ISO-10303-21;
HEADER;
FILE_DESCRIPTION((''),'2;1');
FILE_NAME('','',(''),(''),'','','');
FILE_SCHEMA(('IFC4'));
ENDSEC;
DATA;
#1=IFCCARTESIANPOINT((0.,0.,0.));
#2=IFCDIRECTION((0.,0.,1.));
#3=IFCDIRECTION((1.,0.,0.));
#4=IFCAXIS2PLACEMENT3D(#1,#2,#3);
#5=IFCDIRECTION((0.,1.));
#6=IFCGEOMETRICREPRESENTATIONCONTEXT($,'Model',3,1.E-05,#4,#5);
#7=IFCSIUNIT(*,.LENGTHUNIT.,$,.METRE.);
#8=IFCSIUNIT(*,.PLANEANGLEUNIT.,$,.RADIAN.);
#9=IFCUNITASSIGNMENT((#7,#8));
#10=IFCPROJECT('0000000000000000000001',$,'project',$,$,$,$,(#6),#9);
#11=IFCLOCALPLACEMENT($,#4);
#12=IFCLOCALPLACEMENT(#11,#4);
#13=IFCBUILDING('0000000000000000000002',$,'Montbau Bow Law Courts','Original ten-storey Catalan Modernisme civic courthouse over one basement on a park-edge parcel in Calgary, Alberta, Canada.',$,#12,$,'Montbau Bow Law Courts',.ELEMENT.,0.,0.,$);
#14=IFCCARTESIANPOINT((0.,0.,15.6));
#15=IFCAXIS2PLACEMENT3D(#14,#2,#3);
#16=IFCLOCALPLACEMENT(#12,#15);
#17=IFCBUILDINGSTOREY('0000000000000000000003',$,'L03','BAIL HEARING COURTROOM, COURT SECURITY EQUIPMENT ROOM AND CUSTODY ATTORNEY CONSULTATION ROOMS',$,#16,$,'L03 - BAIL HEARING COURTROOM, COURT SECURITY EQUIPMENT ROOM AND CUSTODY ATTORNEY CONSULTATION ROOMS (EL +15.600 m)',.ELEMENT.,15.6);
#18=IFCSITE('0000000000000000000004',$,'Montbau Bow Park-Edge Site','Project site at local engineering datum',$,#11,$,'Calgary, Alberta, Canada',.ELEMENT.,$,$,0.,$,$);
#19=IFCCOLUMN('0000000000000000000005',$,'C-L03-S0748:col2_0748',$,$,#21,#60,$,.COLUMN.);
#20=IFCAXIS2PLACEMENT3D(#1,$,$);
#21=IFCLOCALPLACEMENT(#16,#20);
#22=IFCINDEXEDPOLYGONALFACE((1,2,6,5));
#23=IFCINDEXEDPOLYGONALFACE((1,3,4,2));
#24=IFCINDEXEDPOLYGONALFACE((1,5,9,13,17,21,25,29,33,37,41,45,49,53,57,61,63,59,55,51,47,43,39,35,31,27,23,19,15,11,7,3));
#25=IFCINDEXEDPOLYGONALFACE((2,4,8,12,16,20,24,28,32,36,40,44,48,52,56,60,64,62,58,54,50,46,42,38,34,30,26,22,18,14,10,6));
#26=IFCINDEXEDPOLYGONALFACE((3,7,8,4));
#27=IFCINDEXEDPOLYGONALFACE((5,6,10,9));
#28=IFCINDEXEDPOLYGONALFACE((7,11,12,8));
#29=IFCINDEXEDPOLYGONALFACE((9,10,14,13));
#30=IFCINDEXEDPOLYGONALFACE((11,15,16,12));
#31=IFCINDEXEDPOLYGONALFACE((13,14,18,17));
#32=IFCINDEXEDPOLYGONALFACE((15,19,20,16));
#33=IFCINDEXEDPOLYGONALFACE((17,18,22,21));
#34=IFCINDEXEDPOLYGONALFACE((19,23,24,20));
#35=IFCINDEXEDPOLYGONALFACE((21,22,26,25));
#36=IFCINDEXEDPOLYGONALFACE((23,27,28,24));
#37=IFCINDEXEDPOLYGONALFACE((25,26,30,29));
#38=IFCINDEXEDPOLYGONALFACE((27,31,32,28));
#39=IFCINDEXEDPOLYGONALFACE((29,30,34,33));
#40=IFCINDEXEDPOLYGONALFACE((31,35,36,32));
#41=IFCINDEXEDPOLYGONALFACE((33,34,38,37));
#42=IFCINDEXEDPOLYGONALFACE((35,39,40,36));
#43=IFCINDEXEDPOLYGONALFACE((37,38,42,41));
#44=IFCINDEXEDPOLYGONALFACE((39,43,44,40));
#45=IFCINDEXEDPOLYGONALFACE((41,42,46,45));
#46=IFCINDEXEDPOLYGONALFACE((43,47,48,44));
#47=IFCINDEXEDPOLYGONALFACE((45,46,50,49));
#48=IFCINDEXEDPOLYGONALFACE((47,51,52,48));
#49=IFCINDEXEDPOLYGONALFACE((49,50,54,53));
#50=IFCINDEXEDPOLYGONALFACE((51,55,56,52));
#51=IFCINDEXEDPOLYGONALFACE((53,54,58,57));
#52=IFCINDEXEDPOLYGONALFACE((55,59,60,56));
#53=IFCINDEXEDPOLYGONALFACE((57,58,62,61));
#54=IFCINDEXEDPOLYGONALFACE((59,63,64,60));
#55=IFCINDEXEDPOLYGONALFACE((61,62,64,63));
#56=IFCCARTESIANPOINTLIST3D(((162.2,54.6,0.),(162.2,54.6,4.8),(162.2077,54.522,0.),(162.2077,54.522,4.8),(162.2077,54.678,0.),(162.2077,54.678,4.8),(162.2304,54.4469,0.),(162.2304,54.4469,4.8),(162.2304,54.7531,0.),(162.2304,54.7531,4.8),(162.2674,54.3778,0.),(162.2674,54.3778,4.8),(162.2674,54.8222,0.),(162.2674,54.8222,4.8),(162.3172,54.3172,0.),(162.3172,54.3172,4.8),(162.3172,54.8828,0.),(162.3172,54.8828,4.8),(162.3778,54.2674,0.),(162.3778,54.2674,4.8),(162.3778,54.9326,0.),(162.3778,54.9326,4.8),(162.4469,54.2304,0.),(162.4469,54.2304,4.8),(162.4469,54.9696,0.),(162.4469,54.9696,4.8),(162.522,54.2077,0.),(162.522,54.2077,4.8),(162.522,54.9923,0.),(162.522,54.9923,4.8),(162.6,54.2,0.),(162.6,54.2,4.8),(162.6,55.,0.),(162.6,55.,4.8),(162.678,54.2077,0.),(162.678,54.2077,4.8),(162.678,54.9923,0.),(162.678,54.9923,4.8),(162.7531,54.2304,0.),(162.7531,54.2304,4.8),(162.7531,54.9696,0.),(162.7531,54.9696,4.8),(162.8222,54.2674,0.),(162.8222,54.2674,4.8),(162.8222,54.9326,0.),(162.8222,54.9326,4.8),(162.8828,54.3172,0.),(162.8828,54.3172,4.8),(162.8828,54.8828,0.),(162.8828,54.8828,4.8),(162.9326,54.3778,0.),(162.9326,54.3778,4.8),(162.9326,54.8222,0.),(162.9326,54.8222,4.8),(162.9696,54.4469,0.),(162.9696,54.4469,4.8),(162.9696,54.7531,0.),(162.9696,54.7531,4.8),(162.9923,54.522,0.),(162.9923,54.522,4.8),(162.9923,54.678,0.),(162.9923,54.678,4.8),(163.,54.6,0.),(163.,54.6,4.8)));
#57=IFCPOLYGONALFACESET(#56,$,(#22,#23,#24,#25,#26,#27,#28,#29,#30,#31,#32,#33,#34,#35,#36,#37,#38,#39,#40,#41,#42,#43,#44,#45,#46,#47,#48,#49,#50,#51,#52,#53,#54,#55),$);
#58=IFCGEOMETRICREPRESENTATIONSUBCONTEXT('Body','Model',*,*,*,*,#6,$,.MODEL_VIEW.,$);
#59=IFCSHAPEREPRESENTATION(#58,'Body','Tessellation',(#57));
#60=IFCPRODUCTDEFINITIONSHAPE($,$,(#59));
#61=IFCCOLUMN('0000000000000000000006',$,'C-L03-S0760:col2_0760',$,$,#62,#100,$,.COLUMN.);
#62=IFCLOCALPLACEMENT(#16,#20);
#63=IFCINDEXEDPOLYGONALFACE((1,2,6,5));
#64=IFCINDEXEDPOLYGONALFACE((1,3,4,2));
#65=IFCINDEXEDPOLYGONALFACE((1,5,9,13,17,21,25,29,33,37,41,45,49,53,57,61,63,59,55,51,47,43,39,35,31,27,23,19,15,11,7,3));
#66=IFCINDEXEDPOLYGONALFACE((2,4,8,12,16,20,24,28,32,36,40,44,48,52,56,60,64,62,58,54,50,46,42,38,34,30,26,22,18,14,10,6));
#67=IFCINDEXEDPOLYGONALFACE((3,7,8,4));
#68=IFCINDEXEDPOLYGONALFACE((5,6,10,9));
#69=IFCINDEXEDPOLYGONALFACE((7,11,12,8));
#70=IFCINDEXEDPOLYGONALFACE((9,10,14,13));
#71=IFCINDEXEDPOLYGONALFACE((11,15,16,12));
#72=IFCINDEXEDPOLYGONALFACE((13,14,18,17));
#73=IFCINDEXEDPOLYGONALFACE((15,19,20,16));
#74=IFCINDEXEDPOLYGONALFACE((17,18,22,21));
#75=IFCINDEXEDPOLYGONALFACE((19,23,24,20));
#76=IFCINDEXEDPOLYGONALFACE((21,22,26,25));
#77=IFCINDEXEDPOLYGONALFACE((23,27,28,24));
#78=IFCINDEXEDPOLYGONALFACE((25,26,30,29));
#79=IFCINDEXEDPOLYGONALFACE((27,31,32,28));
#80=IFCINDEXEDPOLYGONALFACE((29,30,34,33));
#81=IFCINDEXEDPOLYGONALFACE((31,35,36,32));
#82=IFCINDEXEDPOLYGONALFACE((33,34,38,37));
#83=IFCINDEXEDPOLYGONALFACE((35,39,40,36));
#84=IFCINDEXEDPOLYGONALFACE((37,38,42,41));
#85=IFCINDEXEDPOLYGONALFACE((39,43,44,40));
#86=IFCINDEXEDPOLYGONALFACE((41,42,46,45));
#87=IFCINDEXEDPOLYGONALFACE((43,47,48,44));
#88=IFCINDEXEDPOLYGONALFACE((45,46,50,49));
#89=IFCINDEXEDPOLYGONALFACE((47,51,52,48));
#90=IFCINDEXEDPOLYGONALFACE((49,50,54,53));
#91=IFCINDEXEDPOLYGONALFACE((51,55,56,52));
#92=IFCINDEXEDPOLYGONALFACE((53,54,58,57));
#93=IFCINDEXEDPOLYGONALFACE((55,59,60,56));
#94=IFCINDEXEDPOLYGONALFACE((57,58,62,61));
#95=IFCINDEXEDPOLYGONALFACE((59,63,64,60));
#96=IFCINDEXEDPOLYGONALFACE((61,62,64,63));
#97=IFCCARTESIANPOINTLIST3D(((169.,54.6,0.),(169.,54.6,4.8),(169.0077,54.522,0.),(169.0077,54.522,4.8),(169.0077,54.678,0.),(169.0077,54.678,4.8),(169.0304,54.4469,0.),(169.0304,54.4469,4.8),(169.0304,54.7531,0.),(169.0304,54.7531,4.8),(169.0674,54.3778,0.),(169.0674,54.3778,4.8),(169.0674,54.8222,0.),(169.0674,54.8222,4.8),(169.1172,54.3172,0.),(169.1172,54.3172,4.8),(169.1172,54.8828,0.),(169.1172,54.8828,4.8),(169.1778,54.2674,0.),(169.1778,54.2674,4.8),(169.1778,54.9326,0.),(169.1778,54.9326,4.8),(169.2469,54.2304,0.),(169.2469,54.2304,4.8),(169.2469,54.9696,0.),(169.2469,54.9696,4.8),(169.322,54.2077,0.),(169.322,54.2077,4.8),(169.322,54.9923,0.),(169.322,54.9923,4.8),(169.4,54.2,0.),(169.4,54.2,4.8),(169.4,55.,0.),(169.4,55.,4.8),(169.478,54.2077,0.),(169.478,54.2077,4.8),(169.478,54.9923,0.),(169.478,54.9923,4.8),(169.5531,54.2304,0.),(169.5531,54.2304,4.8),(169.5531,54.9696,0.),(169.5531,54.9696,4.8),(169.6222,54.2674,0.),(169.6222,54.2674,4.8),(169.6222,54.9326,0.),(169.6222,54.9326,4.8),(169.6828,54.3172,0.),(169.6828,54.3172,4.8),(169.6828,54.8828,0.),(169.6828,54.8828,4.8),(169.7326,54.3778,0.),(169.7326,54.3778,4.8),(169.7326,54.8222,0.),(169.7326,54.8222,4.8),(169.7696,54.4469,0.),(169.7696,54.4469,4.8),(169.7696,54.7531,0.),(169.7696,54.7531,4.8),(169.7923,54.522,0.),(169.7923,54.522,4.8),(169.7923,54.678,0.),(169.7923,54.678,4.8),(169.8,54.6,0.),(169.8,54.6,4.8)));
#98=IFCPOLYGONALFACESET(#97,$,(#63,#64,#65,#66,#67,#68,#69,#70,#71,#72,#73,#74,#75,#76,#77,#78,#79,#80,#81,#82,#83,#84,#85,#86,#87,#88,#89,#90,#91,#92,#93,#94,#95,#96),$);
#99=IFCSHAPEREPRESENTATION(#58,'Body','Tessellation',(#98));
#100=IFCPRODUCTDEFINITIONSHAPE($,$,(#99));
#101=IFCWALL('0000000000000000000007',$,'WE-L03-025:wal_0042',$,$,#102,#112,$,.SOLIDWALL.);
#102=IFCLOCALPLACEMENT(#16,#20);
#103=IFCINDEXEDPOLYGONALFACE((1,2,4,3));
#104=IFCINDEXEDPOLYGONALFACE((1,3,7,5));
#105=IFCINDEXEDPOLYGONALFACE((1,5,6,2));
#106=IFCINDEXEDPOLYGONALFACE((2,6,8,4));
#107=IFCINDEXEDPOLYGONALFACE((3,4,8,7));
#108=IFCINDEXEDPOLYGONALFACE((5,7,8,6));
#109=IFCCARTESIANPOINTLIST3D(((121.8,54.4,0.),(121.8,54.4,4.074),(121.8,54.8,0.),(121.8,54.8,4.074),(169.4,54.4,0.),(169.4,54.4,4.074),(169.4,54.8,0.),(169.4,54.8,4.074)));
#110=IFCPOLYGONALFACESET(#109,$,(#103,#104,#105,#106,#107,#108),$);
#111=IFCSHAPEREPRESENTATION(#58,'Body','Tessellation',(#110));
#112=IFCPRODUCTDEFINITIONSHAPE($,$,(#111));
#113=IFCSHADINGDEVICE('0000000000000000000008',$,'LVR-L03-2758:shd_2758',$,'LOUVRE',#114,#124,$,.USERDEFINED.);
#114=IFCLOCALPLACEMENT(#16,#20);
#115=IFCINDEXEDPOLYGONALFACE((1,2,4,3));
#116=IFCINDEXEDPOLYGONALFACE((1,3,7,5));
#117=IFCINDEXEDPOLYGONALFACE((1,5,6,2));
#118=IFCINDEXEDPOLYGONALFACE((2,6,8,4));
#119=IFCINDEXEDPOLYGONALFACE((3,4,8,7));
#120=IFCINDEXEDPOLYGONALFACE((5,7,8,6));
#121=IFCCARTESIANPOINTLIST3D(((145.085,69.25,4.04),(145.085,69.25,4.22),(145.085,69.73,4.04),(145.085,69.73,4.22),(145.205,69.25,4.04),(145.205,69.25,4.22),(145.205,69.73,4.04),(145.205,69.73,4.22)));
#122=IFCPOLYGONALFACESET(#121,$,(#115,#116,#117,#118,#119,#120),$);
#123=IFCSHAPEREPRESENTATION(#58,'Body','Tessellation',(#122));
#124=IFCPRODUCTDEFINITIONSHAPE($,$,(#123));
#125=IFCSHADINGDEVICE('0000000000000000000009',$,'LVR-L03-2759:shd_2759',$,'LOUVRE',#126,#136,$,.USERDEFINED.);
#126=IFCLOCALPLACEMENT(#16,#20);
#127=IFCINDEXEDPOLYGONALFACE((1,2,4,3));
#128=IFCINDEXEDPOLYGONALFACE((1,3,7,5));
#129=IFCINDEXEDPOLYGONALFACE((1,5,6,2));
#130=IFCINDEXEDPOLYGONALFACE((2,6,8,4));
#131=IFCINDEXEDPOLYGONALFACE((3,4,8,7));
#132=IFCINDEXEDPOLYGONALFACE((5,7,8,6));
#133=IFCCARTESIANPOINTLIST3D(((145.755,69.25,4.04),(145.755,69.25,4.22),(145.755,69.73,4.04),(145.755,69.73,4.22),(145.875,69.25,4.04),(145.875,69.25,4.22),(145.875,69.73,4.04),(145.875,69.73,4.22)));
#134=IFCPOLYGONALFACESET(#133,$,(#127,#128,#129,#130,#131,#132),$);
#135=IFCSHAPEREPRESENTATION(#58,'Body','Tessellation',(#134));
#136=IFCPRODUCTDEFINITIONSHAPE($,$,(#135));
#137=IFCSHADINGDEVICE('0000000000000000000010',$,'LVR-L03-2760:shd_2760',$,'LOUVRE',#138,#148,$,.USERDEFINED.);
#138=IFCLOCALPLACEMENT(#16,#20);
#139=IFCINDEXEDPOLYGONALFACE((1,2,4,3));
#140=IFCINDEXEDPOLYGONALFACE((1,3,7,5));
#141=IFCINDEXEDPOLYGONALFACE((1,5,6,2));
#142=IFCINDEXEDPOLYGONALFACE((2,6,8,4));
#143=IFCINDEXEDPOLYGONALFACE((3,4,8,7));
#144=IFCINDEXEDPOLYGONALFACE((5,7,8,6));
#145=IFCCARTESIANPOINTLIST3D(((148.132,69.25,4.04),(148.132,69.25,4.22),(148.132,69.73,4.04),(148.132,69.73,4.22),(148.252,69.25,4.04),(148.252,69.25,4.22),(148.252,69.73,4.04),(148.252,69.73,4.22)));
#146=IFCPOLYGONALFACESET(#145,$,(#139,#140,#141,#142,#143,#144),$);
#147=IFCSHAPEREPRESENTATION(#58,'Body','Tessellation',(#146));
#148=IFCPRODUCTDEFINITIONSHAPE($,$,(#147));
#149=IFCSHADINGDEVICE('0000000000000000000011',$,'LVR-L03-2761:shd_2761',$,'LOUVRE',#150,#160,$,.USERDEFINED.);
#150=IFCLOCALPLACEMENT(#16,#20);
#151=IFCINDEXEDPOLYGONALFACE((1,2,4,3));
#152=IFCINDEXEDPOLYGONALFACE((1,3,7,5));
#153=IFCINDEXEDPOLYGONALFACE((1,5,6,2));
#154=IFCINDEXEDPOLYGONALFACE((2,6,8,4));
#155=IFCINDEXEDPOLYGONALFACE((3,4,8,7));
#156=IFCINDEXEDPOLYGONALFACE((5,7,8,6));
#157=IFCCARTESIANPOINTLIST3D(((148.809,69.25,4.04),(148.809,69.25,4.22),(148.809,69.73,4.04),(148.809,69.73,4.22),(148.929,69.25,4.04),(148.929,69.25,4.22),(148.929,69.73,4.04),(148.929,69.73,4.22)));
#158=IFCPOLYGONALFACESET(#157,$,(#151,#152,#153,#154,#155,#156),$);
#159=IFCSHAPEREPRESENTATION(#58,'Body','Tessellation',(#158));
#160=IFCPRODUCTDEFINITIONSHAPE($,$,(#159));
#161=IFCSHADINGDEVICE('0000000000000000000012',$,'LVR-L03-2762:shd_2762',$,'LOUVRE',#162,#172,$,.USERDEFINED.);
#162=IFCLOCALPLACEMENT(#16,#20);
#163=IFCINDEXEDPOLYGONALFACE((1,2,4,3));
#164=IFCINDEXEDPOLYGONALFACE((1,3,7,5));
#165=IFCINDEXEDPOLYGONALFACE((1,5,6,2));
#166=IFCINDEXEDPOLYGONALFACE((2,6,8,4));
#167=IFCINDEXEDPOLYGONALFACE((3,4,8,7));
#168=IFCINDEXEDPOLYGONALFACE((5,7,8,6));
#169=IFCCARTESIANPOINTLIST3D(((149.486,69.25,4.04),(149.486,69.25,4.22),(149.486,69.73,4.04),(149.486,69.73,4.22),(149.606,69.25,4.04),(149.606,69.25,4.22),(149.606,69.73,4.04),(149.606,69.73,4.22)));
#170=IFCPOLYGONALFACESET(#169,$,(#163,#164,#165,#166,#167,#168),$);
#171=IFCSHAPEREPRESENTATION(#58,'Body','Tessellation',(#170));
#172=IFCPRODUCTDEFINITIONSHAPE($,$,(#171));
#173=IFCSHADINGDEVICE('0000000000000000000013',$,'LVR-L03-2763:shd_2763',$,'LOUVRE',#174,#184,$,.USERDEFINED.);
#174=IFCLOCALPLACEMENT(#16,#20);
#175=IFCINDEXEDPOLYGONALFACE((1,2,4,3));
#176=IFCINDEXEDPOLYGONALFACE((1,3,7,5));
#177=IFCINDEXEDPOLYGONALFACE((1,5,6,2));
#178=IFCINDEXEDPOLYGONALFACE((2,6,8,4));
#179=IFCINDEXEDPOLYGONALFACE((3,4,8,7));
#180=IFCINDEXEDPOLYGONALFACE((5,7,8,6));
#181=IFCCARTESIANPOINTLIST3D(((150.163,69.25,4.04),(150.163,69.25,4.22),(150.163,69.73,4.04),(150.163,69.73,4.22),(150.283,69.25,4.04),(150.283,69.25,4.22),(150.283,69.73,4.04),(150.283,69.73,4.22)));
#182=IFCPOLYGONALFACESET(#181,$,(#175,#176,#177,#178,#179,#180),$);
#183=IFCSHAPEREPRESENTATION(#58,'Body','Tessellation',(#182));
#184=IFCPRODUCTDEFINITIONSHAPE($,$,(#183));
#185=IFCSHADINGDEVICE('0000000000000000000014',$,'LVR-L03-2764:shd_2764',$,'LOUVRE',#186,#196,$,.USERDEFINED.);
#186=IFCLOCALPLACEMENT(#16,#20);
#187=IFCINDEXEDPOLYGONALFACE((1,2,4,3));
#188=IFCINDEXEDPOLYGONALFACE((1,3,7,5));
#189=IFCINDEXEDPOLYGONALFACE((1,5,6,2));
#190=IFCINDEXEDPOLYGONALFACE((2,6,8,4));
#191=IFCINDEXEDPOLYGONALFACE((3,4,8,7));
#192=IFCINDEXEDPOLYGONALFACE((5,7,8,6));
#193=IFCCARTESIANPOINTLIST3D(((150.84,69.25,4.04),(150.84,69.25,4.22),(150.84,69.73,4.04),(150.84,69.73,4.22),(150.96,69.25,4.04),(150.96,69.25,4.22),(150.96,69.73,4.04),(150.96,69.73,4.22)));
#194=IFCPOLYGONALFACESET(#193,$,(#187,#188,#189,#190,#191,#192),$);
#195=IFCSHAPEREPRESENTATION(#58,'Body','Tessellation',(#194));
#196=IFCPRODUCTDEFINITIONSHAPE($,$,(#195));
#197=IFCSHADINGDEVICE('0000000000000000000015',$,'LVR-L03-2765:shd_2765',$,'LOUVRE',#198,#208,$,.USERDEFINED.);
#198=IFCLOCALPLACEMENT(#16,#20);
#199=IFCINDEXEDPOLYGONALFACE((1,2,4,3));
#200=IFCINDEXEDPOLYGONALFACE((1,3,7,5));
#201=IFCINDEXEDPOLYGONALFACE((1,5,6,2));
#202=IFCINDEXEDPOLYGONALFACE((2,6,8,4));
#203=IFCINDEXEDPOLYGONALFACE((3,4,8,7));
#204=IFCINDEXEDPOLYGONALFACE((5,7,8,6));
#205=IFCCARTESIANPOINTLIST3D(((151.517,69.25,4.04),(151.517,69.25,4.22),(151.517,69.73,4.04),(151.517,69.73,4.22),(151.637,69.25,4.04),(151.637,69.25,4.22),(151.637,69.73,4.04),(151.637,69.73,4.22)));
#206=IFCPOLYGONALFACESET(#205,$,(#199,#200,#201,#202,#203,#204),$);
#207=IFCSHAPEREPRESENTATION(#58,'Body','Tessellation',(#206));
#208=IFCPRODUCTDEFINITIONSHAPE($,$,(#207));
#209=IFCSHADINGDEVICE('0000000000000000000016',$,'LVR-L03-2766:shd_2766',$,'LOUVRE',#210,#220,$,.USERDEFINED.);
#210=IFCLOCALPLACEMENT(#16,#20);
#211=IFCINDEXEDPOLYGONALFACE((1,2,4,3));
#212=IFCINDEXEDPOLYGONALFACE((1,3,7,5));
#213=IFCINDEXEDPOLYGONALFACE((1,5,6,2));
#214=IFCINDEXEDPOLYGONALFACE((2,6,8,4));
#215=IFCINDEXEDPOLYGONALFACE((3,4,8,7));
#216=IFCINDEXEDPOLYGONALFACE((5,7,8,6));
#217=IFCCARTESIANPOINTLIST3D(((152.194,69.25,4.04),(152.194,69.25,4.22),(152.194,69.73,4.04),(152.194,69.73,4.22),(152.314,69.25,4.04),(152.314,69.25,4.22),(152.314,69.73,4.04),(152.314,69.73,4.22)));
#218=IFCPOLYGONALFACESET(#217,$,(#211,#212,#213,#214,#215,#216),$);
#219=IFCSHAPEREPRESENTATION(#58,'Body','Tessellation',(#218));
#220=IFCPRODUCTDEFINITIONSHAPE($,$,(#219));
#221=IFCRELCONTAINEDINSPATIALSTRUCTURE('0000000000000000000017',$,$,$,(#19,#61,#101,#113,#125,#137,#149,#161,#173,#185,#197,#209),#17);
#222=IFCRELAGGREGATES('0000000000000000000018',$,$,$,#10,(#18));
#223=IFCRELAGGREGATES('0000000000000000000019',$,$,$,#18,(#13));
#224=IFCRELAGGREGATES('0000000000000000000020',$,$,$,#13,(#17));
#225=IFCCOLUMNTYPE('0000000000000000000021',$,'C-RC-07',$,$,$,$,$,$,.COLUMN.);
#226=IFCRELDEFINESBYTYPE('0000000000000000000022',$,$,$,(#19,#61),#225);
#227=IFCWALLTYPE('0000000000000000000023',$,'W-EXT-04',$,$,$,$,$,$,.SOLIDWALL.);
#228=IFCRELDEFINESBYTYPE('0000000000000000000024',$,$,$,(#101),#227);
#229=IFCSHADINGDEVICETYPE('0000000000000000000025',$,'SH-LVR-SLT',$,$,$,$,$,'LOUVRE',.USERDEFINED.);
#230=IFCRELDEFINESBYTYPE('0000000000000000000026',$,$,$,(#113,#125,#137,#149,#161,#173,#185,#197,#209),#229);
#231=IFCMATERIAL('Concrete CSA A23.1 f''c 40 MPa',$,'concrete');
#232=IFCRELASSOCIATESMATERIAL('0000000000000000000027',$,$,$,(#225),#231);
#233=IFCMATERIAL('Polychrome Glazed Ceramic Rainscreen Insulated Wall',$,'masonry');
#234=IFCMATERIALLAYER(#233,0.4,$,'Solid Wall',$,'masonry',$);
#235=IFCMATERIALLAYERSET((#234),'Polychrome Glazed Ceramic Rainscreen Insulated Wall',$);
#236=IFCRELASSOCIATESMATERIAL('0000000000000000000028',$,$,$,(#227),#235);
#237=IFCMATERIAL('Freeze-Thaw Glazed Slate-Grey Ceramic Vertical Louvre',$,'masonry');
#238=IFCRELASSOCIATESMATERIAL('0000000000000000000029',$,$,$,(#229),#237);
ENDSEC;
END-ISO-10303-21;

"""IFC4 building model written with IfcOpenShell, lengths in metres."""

from ifc_helpers import new_model, si_unit, direction, frame, frame_2d, origin_with_axes, origin_2d_with_axis, place, context, subcontext, project, spatial, rectangle, circle, extrude, material, layer, layer_set, material_profile, profile_set, type_object, element, save


model = new_model("IFC4")

# Units and contexts
model_context = context("Model", 3, precision=1e-05, world=origin_with_axes(), true_north=direction((0.0, 1.0)))
body_context = subcontext(model_context, "Body", "Model", "MODEL_VIEW")
ifc_project = project(units=[si_unit("LENGTHUNIT", "METRE"), si_unit("PLANEANGLEUNIT", "RADIAN")], contexts=[model_context])

# Site, building, storey
site_placement = place(None, origin_with_axes())
site = spatial("IfcSite", under=ifc_project, at=site_placement, Name="Montbau Bow Park-Edge Site", Description="Project site at local engineering datum", LongName="Calgary, Alberta, Canada", CompositionType="ELEMENT", RefElevation=0.0)
building_placement = place(site_placement, origin_with_axes())
building = spatial("IfcBuilding", under=site, at=building_placement, Name="Montbau Bow Law Courts", Description="Original ten-storey Catalan Modernisme civic courthouse over one basement on a park-edge parcel in Calgary, Alberta, Canada.", LongName="Montbau Bow Law Courts", CompositionType="ELEMENT", ElevationOfRefHeight=0.0, ElevationOfTerrain=0.0)
storey_placement = place(building_placement, frame((0.0, 0.0, 15.6), z_axis=(0.0, 0.0, 1.0), x_axis=(1.0, 0.0, 0.0)))
storey = spatial("IfcBuildingStorey", under=building, at=storey_placement, Name="L03", Description="BAIL HEARING COURTROOM, COURT SECURITY EQUIPMENT ROOM AND CUSTODY ATTORNEY CONSULTATION ROOMS", LongName="L03 - BAIL HEARING COURTROOM, COURT SECURITY EQUIPMENT ROOM AND CUSTODY ATTORNEY CONSULTATION ROOMS (EL +15.600 m)", CompositionType="ELEMENT", Elevation=15.6)

# Columns
ifc_material_1 = material(Name="Concrete CSA A23.1 f'c 40 MPa", Category="concrete")
ifc_material_profile = material_profile(ifc_material_1, circle(Radius=0.4, at=origin_2d_with_axis()), Name="RC800D", Category="Main", Priority=0)
ifc_profile_set = profile_set([ifc_material_profile], Name="Concrete CSA A23.1 f'c 40 MPa")
column_type = type_object("IfcColumnType", Name="C-RC-07", PredefinedType="COLUMN", material=ifc_profile_set)
for number, where, z_axis, x_axis, name in (
    (1, (162.6, 54.6, 15.6), (0.0, 0.0, 1.0), (1.0, 0.0, 0.0), "C-L03-S0748:col2_0748"),
    (2, (169.4, 54.6, 15.6), (0.0, 0.0, 1.0), (1.0, 0.0, 0.0), "C-L03-S0760:col2_0760"),
):
    element("IfcColumn", number, at=place(None, frame(where, z_axis=z_axis, x_axis=x_axis)), inside=storey, type_object=column_type, Name=name, PredefinedType="COLUMN", context=body_context, shape_type="SweptSolid", body=[
        extrude(circle(Radius=0.4, at=origin_2d_with_axis()), origin_with_axes(), (0.0, 0.0, 1.0), 4.8),
    ])

# Wall
ifc_material_2 = material(Name="Polychrome Glazed Ceramic Rainscreen Insulated Wall", Category="masonry")
ifc_layer = layer(ifc_material_2, 0.4, Name="Solid Wall", Category="masonry")
ifc_layer_set = layer_set([ifc_layer], Name="Polychrome Glazed Ceramic Rainscreen Insulated Wall")
wall_type = type_object("IfcWallType", Name="W-EXT-04", PredefinedType="SOLIDWALL", material=ifc_layer_set)
wall_placement = place(None, frame((169.4, 54.6, 15.6), z_axis=(0.0, 0.0, 1.0), x_axis=(-1.0, 0.0, 0.0)))
element("IfcWall", 3, at=wall_placement, inside=storey, type_object=wall_type, Name="WE-L03-025:wal_0042", PredefinedType="SOLIDWALL", context=body_context, shape_type="SweptSolid", body=[
    extrude(rectangle(XDim=47.6, YDim=0.4, at=frame_2d((23.8, 0.0), x_axis=(1.0, 0.0))), origin_with_axes(), (0.0, 0.0, 1.0), 4.074),
])

# Shading devices
ifc_material_3 = material(Name="Freeze-Thaw Glazed Slate-Grey Ceramic Vertical Louvre", Category="masonry")
shading_device_type = type_object("IfcShadingDeviceType", Name="SH-LVR-SLT", ElementType="LOUVRE", PredefinedType="USERDEFINED", material=ifc_material_3)
for number, where, z_axis, x_axis, name in (
    (4, (145.145, 69.49, 19.64), (0.0, 0.0, 1.0), (0.0, -1.0, 0.0), "LVR-L03-2758:shd_2758"),
    (5, (145.815, 69.49, 19.64), (0.0, 0.0, 1.0), (0.0, -1.0, 0.0), "LVR-L03-2759:shd_2759"),
    (6, (148.192, 69.49, 19.64), (0.0, 0.0, 1.0), (0.0, -1.0, 0.0), "LVR-L03-2760:shd_2760"),
    (7, (148.869, 69.49, 19.64), (0.0, 0.0, 1.0), (0.0, -1.0, 0.0), "LVR-L03-2761:shd_2761"),
    (8, (149.546, 69.49, 19.64), (0.0, 0.0, 1.0), (0.0, -1.0, 0.0), "LVR-L03-2762:shd_2762"),
    (9, (150.223, 69.49, 19.64), (0.0, 0.0, 1.0), (0.0, -1.0, 0.0), "LVR-L03-2763:shd_2763"),
    (10, (150.9, 69.49, 19.64), (0.0, 0.0, 1.0), (0.0, -1.0, 0.0), "LVR-L03-2764:shd_2764"),
    (11, (151.577, 69.49, 19.64), (0.0, 0.0, 1.0), (0.0, -1.0, 0.0), "LVR-L03-2765:shd_2765"),
    (12, (152.254, 69.49, 19.64), (0.0, 0.0, 1.0), (0.0, -1.0, 0.0), "LVR-L03-2766:shd_2766"),
):
    element("IfcShadingDevice", number, at=place(None, frame(where, z_axis=z_axis, x_axis=x_axis)), inside=storey, type_object=shading_device_type, Name=name, ObjectType="LOUVRE", PredefinedType="USERDEFINED", context=body_context, shape_type="SweptSolid", body=[
        extrude(rectangle(XDim=0.48, YDim=0.12, at=origin_2d_with_axis()), origin_with_axes(), (0.0, 0.0, 1.0), 0.18),
    ])

save(model, "model.ifc")
